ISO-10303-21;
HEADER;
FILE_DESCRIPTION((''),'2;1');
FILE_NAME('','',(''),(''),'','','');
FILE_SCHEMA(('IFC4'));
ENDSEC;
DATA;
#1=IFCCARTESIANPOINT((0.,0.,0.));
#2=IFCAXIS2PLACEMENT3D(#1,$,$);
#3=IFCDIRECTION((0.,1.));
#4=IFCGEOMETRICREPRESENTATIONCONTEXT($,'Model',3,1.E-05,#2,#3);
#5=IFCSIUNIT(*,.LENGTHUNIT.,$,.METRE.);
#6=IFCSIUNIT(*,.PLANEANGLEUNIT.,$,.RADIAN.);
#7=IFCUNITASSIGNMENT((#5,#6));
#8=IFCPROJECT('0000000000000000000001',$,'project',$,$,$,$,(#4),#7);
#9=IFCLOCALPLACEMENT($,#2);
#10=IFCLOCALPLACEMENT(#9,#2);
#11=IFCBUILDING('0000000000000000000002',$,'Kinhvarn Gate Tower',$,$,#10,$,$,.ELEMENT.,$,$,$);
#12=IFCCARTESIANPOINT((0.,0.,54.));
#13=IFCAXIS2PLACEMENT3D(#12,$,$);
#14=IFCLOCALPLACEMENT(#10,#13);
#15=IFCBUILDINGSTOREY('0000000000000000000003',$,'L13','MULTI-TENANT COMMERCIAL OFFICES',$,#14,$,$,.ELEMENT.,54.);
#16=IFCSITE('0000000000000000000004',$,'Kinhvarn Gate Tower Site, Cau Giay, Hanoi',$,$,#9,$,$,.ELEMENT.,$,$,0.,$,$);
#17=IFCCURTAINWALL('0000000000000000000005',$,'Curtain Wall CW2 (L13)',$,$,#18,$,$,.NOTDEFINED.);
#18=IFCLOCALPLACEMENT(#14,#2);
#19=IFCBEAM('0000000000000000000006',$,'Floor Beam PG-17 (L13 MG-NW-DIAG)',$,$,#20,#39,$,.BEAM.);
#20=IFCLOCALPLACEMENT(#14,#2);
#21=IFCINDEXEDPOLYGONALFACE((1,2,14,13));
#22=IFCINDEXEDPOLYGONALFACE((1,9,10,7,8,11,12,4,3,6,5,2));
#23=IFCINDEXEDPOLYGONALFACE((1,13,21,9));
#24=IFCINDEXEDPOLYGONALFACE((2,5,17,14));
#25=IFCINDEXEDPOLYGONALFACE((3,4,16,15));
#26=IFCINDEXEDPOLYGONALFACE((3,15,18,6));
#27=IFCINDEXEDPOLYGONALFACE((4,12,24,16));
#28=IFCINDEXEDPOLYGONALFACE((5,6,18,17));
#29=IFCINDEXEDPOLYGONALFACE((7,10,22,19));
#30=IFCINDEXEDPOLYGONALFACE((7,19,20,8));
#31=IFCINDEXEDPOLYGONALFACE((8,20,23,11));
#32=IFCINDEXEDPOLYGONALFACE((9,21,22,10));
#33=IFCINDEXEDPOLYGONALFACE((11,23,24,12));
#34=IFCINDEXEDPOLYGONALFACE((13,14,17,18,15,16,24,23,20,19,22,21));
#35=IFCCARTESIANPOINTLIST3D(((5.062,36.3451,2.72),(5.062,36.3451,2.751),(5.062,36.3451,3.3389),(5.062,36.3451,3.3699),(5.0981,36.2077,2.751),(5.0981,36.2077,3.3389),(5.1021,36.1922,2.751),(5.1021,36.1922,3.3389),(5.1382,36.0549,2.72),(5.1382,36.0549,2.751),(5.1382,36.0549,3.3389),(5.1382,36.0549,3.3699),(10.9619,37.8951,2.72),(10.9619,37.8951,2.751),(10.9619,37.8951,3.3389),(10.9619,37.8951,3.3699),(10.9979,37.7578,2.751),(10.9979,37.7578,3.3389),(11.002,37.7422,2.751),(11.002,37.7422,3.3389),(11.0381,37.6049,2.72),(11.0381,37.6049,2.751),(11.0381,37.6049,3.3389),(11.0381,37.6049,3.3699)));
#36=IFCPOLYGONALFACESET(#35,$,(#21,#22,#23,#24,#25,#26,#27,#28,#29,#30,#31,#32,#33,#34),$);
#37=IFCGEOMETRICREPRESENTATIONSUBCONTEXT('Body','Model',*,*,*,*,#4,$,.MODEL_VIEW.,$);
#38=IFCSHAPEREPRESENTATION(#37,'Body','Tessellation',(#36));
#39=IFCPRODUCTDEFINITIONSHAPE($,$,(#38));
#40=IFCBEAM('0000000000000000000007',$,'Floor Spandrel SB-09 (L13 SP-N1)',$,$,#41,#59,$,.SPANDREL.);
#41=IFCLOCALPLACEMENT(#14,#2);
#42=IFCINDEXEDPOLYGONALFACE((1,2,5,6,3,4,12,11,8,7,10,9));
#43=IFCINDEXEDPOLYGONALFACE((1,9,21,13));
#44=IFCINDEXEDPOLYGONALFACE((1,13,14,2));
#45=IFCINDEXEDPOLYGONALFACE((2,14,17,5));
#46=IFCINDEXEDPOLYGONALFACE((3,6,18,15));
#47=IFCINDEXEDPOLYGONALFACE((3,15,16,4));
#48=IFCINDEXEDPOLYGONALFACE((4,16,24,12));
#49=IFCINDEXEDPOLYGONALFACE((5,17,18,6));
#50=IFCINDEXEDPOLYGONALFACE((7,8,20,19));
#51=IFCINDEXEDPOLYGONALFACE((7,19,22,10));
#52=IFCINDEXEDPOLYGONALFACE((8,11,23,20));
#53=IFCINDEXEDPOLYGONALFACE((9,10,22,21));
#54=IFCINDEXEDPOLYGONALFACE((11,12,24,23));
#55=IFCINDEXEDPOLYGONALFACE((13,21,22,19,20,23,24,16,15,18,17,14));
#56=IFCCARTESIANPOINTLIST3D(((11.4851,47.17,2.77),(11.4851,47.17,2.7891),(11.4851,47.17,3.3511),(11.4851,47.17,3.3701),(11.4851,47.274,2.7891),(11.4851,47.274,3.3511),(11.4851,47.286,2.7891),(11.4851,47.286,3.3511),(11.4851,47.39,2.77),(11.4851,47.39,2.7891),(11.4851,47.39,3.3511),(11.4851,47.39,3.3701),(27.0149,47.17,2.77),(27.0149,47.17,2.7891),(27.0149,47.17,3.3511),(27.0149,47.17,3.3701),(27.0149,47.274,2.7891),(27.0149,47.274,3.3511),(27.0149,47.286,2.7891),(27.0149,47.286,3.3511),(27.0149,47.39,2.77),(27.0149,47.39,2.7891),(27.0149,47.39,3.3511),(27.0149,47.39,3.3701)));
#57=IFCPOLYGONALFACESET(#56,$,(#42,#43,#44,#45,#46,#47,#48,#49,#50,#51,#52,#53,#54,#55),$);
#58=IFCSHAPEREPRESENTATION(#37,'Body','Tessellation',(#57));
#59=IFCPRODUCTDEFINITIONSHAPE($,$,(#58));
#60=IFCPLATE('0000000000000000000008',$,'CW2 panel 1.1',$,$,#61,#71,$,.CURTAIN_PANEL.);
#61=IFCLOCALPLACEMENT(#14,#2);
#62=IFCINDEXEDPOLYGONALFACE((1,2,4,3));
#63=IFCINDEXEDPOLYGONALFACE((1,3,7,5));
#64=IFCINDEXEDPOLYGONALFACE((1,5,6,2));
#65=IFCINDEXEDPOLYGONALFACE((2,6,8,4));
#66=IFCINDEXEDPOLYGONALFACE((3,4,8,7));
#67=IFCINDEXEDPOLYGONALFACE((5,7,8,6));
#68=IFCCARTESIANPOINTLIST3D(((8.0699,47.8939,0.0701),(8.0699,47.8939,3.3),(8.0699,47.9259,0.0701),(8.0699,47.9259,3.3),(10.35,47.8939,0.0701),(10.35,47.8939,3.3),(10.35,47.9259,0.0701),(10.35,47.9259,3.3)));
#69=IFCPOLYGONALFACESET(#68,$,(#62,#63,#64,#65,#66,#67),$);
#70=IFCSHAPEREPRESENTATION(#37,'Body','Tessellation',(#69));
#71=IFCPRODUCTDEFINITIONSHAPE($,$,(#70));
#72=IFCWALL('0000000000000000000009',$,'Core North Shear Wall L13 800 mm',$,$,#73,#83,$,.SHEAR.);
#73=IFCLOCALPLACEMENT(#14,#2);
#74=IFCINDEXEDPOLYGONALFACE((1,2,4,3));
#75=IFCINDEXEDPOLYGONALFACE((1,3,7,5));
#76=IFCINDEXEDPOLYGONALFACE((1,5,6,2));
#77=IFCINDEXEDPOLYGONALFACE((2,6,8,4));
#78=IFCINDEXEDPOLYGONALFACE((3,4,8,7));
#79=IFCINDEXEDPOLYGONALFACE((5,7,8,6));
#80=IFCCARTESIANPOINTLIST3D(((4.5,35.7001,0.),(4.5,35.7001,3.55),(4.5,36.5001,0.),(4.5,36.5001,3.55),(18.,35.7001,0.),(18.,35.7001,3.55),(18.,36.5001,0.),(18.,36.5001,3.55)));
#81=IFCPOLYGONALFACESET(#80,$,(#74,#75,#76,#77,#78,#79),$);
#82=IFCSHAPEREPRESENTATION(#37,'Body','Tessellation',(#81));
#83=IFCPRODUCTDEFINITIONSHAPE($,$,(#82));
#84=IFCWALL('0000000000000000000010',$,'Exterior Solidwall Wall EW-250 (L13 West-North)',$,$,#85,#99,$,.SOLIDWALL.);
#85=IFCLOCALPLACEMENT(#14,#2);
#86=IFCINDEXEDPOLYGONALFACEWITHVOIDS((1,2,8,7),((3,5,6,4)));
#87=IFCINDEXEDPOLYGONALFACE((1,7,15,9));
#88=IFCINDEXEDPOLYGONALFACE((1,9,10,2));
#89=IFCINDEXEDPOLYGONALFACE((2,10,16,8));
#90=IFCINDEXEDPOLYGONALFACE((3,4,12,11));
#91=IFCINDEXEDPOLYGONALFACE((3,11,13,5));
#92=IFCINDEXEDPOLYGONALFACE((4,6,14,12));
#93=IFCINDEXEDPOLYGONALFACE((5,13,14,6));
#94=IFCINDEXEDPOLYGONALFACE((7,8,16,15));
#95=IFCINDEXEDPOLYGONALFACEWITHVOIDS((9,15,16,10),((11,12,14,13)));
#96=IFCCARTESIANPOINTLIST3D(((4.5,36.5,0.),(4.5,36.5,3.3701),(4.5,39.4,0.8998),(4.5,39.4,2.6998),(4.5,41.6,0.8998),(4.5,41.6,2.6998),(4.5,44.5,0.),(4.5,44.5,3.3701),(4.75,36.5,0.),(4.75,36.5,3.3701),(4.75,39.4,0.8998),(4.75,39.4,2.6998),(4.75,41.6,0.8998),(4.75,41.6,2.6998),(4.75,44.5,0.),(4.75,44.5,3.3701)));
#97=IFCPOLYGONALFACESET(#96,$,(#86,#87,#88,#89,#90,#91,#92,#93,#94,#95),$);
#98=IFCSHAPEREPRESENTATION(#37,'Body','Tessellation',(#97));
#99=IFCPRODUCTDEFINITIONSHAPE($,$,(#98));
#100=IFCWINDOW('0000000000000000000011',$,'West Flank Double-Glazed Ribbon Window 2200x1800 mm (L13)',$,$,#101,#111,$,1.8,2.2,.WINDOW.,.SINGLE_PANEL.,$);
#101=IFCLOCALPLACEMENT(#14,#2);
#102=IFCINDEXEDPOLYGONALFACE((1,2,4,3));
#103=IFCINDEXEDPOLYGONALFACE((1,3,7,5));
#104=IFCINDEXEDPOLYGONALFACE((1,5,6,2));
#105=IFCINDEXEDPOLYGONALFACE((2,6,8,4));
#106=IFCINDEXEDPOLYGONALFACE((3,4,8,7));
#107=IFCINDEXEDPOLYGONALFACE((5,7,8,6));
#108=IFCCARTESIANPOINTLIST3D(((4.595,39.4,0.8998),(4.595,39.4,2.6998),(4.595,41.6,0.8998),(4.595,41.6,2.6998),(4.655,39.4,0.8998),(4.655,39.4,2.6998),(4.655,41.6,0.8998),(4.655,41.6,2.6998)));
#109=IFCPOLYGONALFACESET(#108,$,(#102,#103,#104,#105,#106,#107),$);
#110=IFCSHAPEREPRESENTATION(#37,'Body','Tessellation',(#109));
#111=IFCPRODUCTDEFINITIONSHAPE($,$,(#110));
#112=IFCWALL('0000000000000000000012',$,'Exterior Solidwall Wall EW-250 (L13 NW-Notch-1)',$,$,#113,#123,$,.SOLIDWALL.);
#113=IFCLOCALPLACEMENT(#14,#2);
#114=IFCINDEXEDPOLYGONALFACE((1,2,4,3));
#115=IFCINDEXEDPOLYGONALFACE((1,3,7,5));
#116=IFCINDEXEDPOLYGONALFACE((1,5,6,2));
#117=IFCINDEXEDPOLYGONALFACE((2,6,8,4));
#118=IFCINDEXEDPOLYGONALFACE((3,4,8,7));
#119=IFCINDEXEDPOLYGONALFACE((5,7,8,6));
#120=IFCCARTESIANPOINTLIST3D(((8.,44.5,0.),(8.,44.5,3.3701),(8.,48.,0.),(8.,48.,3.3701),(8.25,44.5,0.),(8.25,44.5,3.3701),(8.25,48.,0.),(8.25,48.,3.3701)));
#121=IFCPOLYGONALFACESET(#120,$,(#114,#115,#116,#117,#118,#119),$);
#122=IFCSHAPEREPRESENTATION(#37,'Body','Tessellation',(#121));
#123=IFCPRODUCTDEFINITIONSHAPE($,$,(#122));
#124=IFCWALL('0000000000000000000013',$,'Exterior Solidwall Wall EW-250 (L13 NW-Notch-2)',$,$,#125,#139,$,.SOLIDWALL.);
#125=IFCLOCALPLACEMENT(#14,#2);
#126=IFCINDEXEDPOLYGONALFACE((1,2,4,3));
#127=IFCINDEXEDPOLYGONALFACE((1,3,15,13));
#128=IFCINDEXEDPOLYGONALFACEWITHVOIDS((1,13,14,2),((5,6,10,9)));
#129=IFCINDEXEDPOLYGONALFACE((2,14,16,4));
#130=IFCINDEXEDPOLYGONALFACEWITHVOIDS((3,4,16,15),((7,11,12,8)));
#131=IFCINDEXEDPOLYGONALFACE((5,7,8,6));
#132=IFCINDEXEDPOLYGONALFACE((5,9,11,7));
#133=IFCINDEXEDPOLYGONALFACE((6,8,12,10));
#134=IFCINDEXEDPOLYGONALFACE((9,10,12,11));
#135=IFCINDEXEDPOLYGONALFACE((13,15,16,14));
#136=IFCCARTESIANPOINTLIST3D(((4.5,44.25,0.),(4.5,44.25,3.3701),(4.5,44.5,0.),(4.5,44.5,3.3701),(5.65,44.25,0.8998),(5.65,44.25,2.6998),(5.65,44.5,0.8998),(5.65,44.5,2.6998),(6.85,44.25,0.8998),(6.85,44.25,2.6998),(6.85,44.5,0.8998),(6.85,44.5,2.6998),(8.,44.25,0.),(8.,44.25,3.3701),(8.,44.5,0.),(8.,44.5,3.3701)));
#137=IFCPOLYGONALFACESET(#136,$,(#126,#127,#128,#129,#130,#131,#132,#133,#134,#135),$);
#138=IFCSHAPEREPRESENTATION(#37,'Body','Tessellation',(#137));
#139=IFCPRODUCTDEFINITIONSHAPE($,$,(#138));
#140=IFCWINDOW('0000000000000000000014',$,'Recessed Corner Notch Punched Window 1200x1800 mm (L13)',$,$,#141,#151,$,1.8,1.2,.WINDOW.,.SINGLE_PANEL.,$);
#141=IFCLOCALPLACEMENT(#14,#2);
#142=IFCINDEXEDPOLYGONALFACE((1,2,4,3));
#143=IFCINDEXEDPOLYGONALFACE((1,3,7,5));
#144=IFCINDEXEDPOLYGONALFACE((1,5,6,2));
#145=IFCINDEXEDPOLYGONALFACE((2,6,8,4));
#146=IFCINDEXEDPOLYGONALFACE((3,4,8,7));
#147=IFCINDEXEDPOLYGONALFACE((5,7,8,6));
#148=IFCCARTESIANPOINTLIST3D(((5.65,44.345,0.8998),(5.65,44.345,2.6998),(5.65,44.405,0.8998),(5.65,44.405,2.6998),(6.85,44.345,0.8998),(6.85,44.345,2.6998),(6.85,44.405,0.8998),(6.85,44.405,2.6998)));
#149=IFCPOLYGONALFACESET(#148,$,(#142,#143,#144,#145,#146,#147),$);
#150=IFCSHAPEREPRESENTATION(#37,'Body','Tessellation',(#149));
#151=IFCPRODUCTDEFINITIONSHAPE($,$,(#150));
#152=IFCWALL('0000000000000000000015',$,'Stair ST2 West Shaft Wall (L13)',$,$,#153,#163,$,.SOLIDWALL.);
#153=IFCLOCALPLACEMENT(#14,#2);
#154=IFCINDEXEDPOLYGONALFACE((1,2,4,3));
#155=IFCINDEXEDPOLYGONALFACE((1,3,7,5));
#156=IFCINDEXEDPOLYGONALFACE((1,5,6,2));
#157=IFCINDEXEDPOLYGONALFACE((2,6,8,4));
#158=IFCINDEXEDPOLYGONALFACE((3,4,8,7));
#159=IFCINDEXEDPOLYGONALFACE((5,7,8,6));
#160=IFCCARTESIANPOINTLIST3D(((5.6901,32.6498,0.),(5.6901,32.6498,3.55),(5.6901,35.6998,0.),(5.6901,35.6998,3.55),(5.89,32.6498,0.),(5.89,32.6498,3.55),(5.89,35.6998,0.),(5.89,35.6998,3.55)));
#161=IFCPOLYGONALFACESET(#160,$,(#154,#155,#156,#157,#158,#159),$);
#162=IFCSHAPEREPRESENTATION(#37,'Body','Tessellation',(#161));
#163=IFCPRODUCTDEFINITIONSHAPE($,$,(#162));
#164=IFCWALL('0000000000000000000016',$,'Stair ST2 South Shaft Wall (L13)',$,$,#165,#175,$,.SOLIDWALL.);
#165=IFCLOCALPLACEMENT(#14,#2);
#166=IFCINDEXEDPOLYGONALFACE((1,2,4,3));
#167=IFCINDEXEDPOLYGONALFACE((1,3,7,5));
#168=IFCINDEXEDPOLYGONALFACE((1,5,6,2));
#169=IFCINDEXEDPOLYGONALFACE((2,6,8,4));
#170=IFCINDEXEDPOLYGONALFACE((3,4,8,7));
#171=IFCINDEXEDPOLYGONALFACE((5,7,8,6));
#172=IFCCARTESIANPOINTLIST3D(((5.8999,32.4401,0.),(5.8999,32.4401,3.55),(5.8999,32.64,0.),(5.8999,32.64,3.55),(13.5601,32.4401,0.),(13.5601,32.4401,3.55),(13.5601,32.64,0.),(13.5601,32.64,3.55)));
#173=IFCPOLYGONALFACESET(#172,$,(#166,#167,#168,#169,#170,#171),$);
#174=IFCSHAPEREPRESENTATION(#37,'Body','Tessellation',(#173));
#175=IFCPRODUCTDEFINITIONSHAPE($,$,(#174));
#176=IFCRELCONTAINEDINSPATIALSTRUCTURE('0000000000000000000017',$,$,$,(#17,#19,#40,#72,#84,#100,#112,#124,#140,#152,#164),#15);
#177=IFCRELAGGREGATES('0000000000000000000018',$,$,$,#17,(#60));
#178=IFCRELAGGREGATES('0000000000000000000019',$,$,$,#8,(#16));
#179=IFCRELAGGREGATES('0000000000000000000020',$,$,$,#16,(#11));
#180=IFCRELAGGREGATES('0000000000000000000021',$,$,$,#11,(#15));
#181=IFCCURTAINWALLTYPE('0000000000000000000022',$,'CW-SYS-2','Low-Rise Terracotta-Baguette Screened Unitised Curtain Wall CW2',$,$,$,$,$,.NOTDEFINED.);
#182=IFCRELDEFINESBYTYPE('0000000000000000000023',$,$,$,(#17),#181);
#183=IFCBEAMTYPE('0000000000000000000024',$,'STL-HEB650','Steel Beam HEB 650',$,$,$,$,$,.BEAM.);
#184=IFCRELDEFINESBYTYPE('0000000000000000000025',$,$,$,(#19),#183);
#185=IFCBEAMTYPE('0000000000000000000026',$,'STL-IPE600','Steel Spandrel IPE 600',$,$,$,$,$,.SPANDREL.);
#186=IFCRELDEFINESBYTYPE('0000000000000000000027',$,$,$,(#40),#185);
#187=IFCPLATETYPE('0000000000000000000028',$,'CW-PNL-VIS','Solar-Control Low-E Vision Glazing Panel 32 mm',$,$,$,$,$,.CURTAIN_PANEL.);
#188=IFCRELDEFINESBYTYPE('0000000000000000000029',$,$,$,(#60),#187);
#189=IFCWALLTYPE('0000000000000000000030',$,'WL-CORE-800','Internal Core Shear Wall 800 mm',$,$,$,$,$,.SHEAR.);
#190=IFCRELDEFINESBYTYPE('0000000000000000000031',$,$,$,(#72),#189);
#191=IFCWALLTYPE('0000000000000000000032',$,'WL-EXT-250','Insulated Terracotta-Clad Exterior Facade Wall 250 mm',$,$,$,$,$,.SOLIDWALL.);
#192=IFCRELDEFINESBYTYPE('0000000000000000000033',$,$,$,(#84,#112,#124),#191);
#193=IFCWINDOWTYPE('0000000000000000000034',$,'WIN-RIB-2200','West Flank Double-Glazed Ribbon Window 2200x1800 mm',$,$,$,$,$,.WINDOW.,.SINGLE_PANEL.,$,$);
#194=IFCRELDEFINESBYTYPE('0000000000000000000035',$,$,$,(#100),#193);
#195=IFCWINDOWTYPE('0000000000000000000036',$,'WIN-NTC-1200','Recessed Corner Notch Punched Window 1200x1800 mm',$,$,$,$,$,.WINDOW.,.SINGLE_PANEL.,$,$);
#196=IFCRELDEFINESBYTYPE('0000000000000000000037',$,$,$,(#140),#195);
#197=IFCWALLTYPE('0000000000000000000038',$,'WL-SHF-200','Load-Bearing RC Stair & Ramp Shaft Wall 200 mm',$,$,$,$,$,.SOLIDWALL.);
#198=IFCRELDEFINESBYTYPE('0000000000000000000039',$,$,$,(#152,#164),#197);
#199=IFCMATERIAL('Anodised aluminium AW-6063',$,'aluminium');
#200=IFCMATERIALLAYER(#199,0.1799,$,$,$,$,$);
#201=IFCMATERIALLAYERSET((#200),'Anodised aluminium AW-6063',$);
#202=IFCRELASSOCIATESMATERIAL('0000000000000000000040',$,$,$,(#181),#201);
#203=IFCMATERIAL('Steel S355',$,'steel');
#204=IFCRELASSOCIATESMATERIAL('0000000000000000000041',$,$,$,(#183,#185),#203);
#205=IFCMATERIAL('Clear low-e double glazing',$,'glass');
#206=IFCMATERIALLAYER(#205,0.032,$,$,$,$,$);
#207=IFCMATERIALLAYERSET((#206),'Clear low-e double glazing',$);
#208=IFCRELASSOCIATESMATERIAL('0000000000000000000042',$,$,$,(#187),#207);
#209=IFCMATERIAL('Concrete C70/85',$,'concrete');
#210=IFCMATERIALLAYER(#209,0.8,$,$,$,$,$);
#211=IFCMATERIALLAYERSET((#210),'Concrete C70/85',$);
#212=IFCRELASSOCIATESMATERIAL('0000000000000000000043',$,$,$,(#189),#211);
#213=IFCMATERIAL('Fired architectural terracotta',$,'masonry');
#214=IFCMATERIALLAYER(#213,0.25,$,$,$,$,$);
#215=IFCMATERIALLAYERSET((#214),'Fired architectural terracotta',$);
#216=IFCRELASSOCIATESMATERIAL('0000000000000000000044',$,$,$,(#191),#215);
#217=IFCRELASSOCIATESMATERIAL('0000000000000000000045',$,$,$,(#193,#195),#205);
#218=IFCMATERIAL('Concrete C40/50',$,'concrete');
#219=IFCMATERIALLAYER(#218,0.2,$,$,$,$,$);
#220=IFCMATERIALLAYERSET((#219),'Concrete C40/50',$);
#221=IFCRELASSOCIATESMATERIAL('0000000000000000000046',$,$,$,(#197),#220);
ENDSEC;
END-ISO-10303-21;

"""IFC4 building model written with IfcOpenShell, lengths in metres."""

from ifc_helpers import new_model, si_unit, direction, frame, frame_2d, origin, origin_2d, place, context, subcontext, project, spatial, rectangle, i_section, extrude, material, layer, layer_set, material_profile, profile_set, type_object, element, fill, aggregate, save


model = new_model("IFC4")

# Units and contexts
model_context = context("Model", 3, precision=1e-05, world=origin(), true_north=direction((0.0, 1.0)))
body_context = subcontext(model_context, "Body", "Model", "MODEL_VIEW")
ifc_project = project(units=[si_unit("LENGTHUNIT", "METRE"), si_unit("PLANEANGLEUNIT", "RADIAN")], contexts=[model_context])

# Site, building, storey
site_placement = place(None, origin())
site = spatial("IfcSite", under=ifc_project, at=site_placement, Name="Kinhvarn Gate Tower Site, Cau Giay, Hanoi", CompositionType="ELEMENT", RefElevation=0.0)
building_placement = place(site_placement, origin())
building = spatial("IfcBuilding", under=site, at=building_placement, Name="Kinhvarn Gate Tower", CompositionType="ELEMENT")
storey_placement = place(building_placement, frame((0.0, 0.0, 54.0)))
storey = spatial("IfcBuildingStorey", under=building, at=storey_placement, Name="L13", Description="MULTI-TENANT COMMERCIAL OFFICES", CompositionType="ELEMENT", Elevation=54.0)

# Shared definitions
ifc_material_1 = material(Name="Concrete C70/85", Category="concrete")

# Shared definitions
ifc_material_2 = material(Name="Anodised aluminium AW-6063", Category="aluminium")
ifc_layer_1 = layer(ifc_material_2, 0.1799)
ifc_layer_set_1 = layer_set([ifc_layer_1], Name="Anodised aluminium AW-6063")
curtain_wall_type = type_object("IfcCurtainWallType", Name="CW-SYS-2", Description="Low-Rise Terracotta-Baguette Screened Unitised Curtain Wall CW2", PredefinedType="NOTDEFINED", material=ifc_layer_set_1)

# Curtain wall
curtain_wall_1_placement = place(storey_placement, origin())
curtain_wall_1 = element("IfcCurtainWall", 1, at=curtain_wall_1_placement, inside=storey, type_object=curtain_wall_type, Name="Curtain Wall CW2 (L13)", PredefinedType="NOTDEFINED")

# Beams
ifc_material_3 = material(Name="Steel S355", Category="steel")
ifc_material_profile_1 = material_profile(ifc_material_3, i_section(OverallWidth=0.3, OverallDepth=0.6499, WebThickness=0.0161, FlangeThickness=0.031, at=origin_2d()), Name="HEB 650")
ifc_profile_set_1 = profile_set([ifc_material_profile_1], Name="Steel S355")
beam_type_1 = type_object("IfcBeamType", Name="STL-HEB650", Description="Steel Beam HEB 650", PredefinedType="BEAM", material=ifc_profile_set_1)
beam_1_placement = place(storey_placement, frame((5.1001, 36.2, 3.0449), z_axis=(0.967178, 0.254101, 0.0), x_axis=(-0.254101, 0.967178, 0.0)))
element("IfcBeam", 2, at=beam_1_placement, inside=storey, type_object=beam_type_1, Name="Floor Beam PG-17 (L13 MG-NW-DIAG)", PredefinedType="BEAM", context=body_context, shape_type="SweptSolid", body=[
    extrude(i_section(OverallWidth=0.3, OverallDepth=0.6499, WebThickness=0.0161, FlangeThickness=0.031, at=origin_2d()), origin(), (0.0, 0.0, 1.0), 6.1001),
])
ifc_material_profile_2 = material_profile(ifc_material_3, i_section(OverallWidth=0.22, OverallDepth=0.6001, WebThickness=0.012, FlangeThickness=0.019, at=origin_2d()), Name="IPE 600")
ifc_profile_set_2 = profile_set([ifc_material_profile_2], Name="Steel S355")
beam_type_2 = type_object("IfcBeamType", Name="STL-IPE600", Description="Steel Spandrel IPE 600", PredefinedType="SPANDREL", material=ifc_profile_set_2)
beam_2_placement = place(storey_placement, frame((11.4851, 47.28, 3.0701), z_axis=(1.0, 0.0, 0.0), x_axis=(0.0, 1.0, 0.0)))
element("IfcBeam", 3, at=beam_2_placement, inside=storey, type_object=beam_type_2, Name="Floor Spandrel SB-09 (L13 SP-N1)", PredefinedType="SPANDREL", context=body_context, shape_type="SweptSolid", body=[
    extrude(i_section(OverallWidth=0.22, OverallDepth=0.6001, WebThickness=0.012, FlangeThickness=0.019, at=origin_2d()), origin(), (0.0, 0.0, 1.0), 15.5298),
])

# Plate
ifc_material_4 = material(Name="Clear low-e double glazing", Category="glass")
ifc_layer_2 = layer(ifc_material_4, 0.032)
ifc_layer_set_2 = layer_set([ifc_layer_2], Name="Clear low-e double glazing")
plate_type = type_object("IfcPlateType", Name="CW-PNL-VIS", Description="Solar-Control Low-E Vision Glazing Panel 32 mm", PredefinedType="CURTAIN_PANEL", material=ifc_layer_set_2)
plate_placement = place(storey_placement, frame((9.21, 47.9099, 0.0701), z_axis=(0.0, 0.0, 1.0), x_axis=(-1.0, 0.0, 0.0)))
plate = element("IfcPlate", 4, at=plate_placement, type_object=plate_type, Name="CW2 panel 1.1", PredefinedType="CURTAIN_PANEL", context=body_context, shape_type="SweptSolid", body=[
    extrude(rectangle(XDim=2.28, YDim=0.032, at=origin_2d()), origin(), (0.0, 0.0, 1.0), 3.23),
])
aggregate(curtain_wall_1, [plate])

# Wall
ifc_layer_3 = layer(ifc_material_1, 0.8)
ifc_layer_set_3 = layer_set([ifc_layer_3], Name="Concrete C70/85")
wall_type_1 = type_object("IfcWallType", Name="WL-CORE-800", Description="Internal Core Shear Wall 800 mm", PredefinedType="SHEAR", material=ifc_layer_set_3)
wall_1_placement = place(storey_placement, frame((4.5, 36.1001, 0.0), z_axis=(0.0, 0.0, 1.0), x_axis=(1.0, 0.0, 0.0)))
element("IfcWall", 5, at=wall_1_placement, inside=storey, type_object=wall_type_1, Name="Core North Shear Wall L13 800 mm", PredefinedType="SHEAR", context=body_context, shape_type="SweptSolid", body=[
    extrude(rectangle(XDim=13.5, YDim=0.8, at=frame_2d((6.75, 0.0))), origin(), (0.0, 0.0, 1.0), 3.55),
])

# Wall, opening, window
ifc_material_5 = material(Name="Fired architectural terracotta", Category="masonry")
ifc_layer_4 = layer(ifc_material_5, 0.25)
ifc_layer_set_4 = layer_set([ifc_layer_4], Name="Fired architectural terracotta")
wall_type_2 = type_object("IfcWallType", Name="WL-EXT-250", Description="Insulated Terracotta-Clad Exterior Facade Wall 250 mm", PredefinedType="SOLIDWALL", material=ifc_layer_set_4)
wall_2_placement = place(storey_placement, frame((4.625, 44.5, 0.0), z_axis=(0.0, 0.0, 1.0), x_axis=(0.0, -1.0, 0.0)))
wall_2 = element("IfcWall", 6, at=wall_2_placement, inside=storey, type_object=wall_type_2, Name="Exterior Solidwall Wall EW-250 (L13 West-North)", PredefinedType="SOLIDWALL", context=body_context, shape_type="SweptSolid", body=[
    extrude(rectangle(XDim=8.0, YDim=0.25, at=frame_2d((4.0, 0.0))), origin(), (0.0, 0.0, 1.0), 3.3701),
])
opening_1_placement = place(wall_2_placement, frame((2.8999, 0.0, 0.8999)))
opening_1 = element("IfcOpeningElement", 7, at=opening_1_placement, cuts=wall_2, PredefinedType="OPENING", context=body_context, shape_type="SweptSolid", body=[
    extrude(rectangle(XDim=2.2, YDim=1.8, at=frame_2d((1.1001, 0.8999))), frame((0.0, 0.135, 0.0), z_axis=(0.0, -1.0, 0.0), x_axis=(1.0, 0.0, 0.0)), (0.0, 0.0, 1.0), 0.27),
])
window_type_1 = type_object("IfcWindowType", Name="WIN-RIB-2200", Description="West Flank Double-Glazed Ribbon Window 2200x1800 mm", PartitioningType="SINGLE_PANEL", PredefinedType="WINDOW", material=ifc_material_4)
window_1_placement = place(opening_1_placement, origin())
window_1 = element("IfcWindow", 8, at=window_1_placement, inside=storey, type_object=window_type_1, Name="West Flank Double-Glazed Ribbon Window 2200x1800 mm (L13)", OverallHeight=1.8, OverallWidth=2.2, PartitioningType="SINGLE_PANEL", PredefinedType="WINDOW", context=body_context, shape_type="SweptSolid", body=[
    extrude(rectangle(XDim=2.2, YDim=1.8, at=frame_2d((1.1001, 0.8999))), frame((0.0, 0.03, 0.0), z_axis=(0.0, -1.0, 0.0), x_axis=(1.0, 0.0, 0.0)), (0.0, 0.0, 1.0), 0.0601),
])
fill(opening_1, window_1)

# Wall
wall_3_placement = place(storey_placement, frame((8.125, 48.0, 0.0), z_axis=(0.0, 0.0, 1.0), x_axis=(0.0, -1.0, 0.0)))
element("IfcWall", 9, at=wall_3_placement, inside=storey, type_object=wall_type_2, Name="Exterior Solidwall Wall EW-250 (L13 NW-Notch-1)", PredefinedType="SOLIDWALL", context=body_context, shape_type="SweptSolid", body=[
    extrude(rectangle(XDim=3.5, YDim=0.25, at=frame_2d((1.75, 0.0))), origin(), (0.0, 0.0, 1.0), 3.3701),
])

# Wall, opening, window
wall_4_placement = place(storey_placement, frame((8.0, 44.375, 0.0), z_axis=(0.0, 0.0, 1.0), x_axis=(-1.0, 0.0, 0.0)))
wall_4 = element("IfcWall", 10, at=wall_4_placement, inside=storey, type_object=wall_type_2, Name="Exterior Solidwall Wall EW-250 (L13 NW-Notch-2)", PredefinedType="SOLIDWALL", context=body_context, shape_type="SweptSolid", body=[
    extrude(rectangle(XDim=3.5, YDim=0.25, at=frame_2d((1.75, 0.0))), origin(), (0.0, 0.0, 1.0), 3.3701),
])
opening_2_placement = place(wall_4_placement, frame((1.1499, 0.0, 0.8999)))
opening_2 = element("IfcOpeningElement", 11, at=opening_2_placement, cuts=wall_4, PredefinedType="OPENING", context=body_context, shape_type="SweptSolid", body=[
    extrude(rectangle(XDim=1.2, YDim=1.8, at=frame_2d((0.6001, 0.8999))), frame((0.0, 0.135, 0.0), z_axis=(0.0, -1.0, 0.0), x_axis=(1.0, 0.0, 0.0)), (0.0, 0.0, 1.0), 0.27),
])
window_type_2 = type_object("IfcWindowType", Name="WIN-NTC-1200", Description="Recessed Corner Notch Punched Window 1200x1800 mm", PartitioningType="SINGLE_PANEL", PredefinedType="WINDOW", material=ifc_material_4)
window_2_placement = place(opening_2_placement, origin())
window_2 = element("IfcWindow", 12, at=window_2_placement, inside=storey, type_object=window_type_2, Name="Recessed Corner Notch Punched Window 1200x1800 mm (L13)", OverallHeight=1.8, OverallWidth=1.2, PartitioningType="SINGLE_PANEL", PredefinedType="WINDOW", context=body_context, shape_type="SweptSolid", body=[
    extrude(rectangle(XDim=1.2, YDim=1.8, at=frame_2d((0.6001, 0.8999))), frame((0.0, 0.03, 0.0), z_axis=(0.0, -1.0, 0.0), x_axis=(1.0, 0.0, 0.0)), (0.0, 0.0, 1.0), 0.0601),
])
fill(opening_2, window_2)

# Walls
ifc_material_6 = material(Name="Concrete C40/50", Category="concrete")
ifc_layer_5 = layer(ifc_material_6, 0.2)
ifc_layer_set_5 = layer_set([ifc_layer_5], Name="Concrete C40/50")
wall_type_3 = type_object("IfcWallType", Name="WL-SHF-200", Description="Load-Bearing RC Stair & Ramp Shaft Wall 200 mm", PredefinedType="SOLIDWALL", material=ifc_layer_set_5)
wall_5_placement = place(storey_placement, frame((5.79, 32.6499, 0.0), z_axis=(0.0, 0.0, 1.0), x_axis=(0.0, 1.0, 0.0)))
element("IfcWall", 13, at=wall_5_placement, inside=storey, type_object=wall_type_3, Name="Stair ST2 West Shaft Wall (L13)", PredefinedType="SOLIDWALL", context=body_context, shape_type="SweptSolid", body=[
    extrude(rectangle(XDim=3.05, YDim=0.2, at=frame_2d((1.5249, 0.0))), origin(), (0.0, 0.0, 1.0), 3.55),
])
wall_6_placement = place(storey_placement, frame((5.8999, 32.54, 0.0), z_axis=(0.0, 0.0, 1.0), x_axis=(1.0, 0.0, 0.0)))
element("IfcWall", 14, at=wall_6_placement, inside=storey, type_object=wall_type_3, Name="Stair ST2 South Shaft Wall (L13)", PredefinedType="SOLIDWALL", context=body_context, shape_type="SweptSolid", body=[
    extrude(rectangle(XDim=7.6602, YDim=0.2, at=frame_2d((3.8301, 0.0))), origin(), (0.0, 0.0, 1.0), 3.55),
])

save(model, "model.ifc")
